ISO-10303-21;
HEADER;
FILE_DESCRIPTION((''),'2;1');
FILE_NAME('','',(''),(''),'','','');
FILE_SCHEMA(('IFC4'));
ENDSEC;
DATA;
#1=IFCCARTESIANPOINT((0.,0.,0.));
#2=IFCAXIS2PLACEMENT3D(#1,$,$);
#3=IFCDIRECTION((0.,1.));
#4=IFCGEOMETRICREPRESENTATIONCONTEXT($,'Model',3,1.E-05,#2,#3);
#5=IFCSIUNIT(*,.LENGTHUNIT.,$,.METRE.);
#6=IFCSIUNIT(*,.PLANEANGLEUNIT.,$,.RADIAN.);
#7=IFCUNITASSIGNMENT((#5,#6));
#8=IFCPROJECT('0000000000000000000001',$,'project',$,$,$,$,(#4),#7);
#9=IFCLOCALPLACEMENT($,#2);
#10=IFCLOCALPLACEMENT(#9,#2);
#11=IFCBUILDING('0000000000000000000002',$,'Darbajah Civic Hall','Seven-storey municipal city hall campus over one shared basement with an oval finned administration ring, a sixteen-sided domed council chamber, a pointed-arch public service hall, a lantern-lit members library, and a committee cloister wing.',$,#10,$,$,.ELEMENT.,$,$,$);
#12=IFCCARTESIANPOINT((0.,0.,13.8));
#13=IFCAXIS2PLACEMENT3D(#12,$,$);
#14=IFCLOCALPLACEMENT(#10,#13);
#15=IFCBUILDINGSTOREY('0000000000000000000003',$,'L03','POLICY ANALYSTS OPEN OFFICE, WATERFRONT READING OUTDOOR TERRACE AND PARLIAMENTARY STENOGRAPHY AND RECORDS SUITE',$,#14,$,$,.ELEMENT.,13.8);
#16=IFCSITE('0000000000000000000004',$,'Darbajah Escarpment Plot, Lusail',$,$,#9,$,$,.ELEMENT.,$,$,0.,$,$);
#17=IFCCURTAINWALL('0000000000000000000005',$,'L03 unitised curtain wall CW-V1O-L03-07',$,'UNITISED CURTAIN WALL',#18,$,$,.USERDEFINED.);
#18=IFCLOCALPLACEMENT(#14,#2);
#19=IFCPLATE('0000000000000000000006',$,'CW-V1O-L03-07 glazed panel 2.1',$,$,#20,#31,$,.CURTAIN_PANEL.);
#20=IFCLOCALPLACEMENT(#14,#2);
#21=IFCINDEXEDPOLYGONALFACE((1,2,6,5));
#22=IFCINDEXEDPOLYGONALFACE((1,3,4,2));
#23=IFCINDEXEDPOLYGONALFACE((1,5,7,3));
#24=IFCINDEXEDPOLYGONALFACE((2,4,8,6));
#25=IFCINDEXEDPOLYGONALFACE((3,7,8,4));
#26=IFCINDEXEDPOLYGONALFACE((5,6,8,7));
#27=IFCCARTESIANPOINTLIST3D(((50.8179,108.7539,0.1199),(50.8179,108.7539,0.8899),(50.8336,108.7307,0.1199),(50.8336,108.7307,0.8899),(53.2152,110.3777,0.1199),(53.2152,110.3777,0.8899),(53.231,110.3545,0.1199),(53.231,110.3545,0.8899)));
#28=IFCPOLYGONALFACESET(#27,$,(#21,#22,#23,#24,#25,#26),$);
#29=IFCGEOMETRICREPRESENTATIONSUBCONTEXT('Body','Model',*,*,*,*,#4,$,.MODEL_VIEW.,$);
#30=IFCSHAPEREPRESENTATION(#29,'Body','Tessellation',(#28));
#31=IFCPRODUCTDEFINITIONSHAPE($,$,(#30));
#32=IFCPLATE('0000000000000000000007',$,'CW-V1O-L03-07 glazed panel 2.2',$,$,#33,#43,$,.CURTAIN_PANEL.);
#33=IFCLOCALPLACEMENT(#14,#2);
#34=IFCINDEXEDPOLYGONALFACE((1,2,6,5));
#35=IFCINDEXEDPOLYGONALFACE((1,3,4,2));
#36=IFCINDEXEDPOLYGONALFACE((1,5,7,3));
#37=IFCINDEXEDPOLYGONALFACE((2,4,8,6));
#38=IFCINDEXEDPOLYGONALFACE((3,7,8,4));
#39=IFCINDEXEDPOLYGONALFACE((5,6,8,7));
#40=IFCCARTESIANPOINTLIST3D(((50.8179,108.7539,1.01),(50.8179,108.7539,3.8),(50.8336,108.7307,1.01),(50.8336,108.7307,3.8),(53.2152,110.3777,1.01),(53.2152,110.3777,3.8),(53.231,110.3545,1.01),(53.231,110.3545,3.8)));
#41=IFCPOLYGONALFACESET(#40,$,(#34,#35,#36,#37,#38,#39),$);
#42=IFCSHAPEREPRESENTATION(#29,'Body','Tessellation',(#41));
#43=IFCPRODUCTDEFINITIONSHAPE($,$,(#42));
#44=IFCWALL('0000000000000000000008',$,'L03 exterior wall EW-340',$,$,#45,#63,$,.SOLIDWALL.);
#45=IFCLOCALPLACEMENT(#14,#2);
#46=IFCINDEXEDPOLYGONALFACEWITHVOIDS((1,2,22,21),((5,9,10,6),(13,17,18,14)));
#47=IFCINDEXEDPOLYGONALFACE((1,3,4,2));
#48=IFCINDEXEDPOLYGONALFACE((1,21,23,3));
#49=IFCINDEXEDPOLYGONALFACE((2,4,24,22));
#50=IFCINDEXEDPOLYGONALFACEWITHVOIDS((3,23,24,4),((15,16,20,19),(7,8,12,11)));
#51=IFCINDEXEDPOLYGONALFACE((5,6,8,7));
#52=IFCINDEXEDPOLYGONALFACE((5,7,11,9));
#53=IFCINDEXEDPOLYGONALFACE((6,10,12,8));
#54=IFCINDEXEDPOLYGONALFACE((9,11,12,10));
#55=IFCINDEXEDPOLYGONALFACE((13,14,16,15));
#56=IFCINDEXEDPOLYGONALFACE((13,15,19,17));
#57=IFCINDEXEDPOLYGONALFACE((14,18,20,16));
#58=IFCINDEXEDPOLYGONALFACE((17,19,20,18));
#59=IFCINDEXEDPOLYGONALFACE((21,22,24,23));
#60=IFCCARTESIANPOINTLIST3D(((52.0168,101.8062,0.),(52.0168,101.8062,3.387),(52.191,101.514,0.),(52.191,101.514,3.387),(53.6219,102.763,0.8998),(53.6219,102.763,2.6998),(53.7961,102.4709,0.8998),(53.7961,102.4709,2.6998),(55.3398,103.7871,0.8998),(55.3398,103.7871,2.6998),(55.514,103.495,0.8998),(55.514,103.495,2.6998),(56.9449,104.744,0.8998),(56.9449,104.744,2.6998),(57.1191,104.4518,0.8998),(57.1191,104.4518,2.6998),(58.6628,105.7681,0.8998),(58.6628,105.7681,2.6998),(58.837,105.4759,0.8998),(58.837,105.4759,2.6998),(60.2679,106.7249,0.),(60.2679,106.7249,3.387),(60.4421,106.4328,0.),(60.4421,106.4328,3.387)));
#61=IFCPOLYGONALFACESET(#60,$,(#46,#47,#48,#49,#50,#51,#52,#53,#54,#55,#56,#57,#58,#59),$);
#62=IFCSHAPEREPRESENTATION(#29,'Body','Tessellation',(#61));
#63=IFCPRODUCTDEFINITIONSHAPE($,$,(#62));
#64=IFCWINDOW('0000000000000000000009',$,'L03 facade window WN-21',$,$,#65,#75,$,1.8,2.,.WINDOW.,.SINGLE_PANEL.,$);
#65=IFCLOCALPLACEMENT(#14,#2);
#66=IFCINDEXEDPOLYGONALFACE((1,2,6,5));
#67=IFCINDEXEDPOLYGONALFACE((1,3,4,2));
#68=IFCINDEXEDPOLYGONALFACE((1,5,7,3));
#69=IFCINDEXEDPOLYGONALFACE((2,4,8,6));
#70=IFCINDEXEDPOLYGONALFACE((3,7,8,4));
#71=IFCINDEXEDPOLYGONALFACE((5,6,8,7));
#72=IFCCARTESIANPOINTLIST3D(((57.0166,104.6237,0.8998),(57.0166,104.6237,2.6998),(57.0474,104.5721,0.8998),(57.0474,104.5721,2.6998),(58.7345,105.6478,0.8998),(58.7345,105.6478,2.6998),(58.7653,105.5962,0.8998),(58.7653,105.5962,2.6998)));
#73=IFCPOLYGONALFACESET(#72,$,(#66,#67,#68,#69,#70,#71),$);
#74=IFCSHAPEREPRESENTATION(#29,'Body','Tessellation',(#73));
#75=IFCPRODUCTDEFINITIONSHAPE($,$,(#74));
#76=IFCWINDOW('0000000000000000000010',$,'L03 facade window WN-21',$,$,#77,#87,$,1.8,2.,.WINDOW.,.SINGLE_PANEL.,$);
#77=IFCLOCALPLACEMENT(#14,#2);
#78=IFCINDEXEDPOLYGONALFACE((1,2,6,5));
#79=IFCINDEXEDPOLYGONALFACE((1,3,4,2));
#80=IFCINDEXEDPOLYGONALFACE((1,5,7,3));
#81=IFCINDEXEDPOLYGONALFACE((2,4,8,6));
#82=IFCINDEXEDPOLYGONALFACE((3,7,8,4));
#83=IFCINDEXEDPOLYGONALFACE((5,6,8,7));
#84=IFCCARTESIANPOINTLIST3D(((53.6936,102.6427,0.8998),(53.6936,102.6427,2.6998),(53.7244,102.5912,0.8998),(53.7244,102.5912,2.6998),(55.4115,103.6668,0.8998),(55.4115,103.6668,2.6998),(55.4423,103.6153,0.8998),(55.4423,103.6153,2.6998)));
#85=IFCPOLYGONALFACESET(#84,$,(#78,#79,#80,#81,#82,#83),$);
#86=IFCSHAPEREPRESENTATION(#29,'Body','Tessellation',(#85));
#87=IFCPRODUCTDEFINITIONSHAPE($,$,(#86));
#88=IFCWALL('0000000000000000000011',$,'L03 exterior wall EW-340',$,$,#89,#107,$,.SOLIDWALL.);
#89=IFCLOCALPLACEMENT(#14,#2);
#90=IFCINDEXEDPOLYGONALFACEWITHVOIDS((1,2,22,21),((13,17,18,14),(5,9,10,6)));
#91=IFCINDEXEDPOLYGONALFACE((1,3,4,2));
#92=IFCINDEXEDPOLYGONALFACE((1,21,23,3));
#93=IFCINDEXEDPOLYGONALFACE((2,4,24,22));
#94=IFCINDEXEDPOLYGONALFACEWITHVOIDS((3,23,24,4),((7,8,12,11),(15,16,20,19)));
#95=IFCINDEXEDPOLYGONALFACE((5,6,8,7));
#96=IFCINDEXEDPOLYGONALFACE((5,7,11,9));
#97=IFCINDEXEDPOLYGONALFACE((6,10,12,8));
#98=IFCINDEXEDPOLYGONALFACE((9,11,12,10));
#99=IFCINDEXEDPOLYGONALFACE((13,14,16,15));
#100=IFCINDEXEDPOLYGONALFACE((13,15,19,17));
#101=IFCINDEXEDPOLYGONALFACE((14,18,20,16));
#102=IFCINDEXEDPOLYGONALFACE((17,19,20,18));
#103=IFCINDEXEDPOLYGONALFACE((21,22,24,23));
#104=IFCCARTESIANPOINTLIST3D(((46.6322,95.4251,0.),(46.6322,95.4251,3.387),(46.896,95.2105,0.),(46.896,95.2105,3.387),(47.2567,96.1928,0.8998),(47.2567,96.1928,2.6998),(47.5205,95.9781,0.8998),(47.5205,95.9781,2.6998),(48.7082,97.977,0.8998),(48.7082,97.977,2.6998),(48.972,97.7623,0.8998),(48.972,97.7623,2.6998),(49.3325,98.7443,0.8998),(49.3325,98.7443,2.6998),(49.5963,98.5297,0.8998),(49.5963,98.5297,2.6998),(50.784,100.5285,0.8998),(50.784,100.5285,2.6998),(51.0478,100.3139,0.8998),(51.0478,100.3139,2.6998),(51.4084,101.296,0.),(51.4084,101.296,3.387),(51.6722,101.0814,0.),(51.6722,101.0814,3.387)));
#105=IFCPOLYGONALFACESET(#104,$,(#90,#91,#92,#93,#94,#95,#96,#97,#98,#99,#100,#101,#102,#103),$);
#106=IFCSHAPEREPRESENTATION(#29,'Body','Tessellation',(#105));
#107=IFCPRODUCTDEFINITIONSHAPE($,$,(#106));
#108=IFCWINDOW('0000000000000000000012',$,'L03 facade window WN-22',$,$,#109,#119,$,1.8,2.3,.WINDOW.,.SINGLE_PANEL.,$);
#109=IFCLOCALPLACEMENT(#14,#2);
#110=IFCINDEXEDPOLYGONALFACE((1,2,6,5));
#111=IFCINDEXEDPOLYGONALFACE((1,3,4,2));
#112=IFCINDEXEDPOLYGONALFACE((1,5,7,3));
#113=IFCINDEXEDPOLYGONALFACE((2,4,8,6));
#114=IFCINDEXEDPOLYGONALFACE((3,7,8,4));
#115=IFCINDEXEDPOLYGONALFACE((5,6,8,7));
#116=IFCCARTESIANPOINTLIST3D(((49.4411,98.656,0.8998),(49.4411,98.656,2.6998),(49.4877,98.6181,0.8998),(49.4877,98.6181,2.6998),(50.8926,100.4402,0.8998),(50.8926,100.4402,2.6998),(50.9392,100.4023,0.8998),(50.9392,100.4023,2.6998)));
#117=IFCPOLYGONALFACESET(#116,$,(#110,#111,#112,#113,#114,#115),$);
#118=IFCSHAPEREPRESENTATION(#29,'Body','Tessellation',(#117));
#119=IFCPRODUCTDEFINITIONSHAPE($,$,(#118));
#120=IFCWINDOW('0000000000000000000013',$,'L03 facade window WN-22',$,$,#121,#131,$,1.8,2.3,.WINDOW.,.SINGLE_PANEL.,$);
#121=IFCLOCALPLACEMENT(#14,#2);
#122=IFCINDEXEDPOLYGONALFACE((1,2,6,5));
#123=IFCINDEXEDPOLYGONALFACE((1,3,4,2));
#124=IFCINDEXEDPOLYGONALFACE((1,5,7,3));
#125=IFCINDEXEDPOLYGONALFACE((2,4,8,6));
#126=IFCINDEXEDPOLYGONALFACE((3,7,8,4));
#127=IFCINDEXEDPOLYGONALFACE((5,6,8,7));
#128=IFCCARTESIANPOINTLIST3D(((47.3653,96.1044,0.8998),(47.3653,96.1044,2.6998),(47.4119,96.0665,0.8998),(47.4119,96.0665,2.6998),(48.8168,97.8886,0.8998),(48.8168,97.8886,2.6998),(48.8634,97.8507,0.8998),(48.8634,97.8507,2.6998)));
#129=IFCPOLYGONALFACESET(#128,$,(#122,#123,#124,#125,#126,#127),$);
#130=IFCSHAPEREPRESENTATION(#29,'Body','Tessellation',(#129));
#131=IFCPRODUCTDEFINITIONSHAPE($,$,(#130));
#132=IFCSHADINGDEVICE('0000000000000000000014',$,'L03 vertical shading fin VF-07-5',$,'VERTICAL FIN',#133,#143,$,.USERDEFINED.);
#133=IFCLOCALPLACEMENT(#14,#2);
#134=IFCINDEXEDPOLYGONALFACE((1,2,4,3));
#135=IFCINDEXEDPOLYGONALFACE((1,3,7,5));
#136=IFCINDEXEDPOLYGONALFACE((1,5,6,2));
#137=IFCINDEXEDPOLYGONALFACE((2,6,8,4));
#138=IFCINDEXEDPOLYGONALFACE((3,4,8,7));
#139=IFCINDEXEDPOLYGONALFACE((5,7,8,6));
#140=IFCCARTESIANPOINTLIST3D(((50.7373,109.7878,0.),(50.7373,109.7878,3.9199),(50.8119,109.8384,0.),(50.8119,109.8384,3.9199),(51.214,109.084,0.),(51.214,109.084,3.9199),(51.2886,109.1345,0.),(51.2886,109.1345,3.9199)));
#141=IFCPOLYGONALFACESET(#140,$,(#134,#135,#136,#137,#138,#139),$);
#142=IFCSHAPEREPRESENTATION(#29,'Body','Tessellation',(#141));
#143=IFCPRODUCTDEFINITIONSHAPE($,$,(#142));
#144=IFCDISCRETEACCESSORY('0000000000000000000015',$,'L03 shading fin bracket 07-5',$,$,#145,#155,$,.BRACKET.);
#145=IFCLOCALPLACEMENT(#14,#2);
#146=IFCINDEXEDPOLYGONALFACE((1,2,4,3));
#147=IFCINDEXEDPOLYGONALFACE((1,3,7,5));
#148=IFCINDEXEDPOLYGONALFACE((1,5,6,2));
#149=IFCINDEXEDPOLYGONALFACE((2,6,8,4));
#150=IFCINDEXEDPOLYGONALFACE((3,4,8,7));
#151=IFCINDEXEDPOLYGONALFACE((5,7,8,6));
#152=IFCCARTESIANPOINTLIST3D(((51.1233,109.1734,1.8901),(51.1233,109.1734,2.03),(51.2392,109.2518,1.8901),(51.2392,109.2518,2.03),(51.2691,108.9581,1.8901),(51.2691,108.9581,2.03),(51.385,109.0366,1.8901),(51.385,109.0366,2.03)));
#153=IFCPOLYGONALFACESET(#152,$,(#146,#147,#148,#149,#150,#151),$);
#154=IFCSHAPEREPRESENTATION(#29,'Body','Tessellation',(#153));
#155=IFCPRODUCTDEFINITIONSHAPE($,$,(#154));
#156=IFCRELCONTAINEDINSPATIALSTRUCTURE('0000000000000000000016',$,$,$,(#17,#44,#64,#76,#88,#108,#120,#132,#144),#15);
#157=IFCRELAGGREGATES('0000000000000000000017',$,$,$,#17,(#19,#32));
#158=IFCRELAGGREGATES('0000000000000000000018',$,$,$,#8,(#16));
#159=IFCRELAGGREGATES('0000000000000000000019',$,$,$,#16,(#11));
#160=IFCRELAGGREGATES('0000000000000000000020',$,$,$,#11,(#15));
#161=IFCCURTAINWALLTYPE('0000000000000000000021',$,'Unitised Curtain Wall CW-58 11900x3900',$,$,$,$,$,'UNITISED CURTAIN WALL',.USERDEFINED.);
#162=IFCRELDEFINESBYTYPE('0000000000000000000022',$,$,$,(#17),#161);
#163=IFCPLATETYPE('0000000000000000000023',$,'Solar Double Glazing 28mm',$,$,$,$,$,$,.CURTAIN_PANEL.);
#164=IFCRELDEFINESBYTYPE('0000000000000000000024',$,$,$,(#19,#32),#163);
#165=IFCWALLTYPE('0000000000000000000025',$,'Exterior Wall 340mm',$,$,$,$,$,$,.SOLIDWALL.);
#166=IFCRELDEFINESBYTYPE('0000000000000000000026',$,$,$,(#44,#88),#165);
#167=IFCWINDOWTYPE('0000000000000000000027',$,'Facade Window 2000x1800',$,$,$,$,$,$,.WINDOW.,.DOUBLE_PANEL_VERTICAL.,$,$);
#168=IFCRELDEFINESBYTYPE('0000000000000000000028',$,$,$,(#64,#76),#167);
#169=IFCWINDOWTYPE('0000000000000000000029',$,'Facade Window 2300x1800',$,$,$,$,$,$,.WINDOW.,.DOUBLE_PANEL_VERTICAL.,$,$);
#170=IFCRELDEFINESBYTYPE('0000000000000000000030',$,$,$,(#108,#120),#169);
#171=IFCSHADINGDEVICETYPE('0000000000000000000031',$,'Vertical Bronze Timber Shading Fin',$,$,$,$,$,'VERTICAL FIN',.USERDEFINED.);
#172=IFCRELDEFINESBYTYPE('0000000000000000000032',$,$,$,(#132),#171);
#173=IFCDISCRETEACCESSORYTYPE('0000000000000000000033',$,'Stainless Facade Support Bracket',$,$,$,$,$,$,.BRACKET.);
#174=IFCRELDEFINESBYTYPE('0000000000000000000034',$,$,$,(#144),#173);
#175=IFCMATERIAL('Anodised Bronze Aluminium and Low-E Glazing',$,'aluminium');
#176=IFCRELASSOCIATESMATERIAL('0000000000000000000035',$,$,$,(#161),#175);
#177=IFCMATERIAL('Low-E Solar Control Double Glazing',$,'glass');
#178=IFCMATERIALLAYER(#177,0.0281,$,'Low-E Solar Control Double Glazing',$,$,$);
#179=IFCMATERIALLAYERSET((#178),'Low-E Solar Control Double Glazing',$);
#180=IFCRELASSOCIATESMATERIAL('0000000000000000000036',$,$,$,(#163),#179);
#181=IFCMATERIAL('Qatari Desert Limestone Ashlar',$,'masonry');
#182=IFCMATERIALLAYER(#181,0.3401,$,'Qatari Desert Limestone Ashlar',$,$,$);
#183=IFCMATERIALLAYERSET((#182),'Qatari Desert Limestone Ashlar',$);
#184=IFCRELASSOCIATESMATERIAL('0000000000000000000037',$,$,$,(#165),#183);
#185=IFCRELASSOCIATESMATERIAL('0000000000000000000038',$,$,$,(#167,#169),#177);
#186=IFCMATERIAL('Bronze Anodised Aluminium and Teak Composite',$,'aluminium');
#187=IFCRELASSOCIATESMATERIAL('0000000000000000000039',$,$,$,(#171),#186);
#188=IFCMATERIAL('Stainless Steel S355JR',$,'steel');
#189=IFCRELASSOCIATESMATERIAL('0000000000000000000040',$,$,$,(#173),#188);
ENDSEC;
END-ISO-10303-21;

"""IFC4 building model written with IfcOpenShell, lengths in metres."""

from ifc_helpers import new_model, si_unit, direction, frame, frame_2d, origin, origin_2d, place, context, subcontext, project, spatial, rectangle, extrude, material, layer, layer_set, type_object, element, fill, aggregate, save


model = new_model("IFC4")

# Units and contexts
model_context = context("Model", 3, precision=1e-05, world=origin(), true_north=direction((0.0, 1.0)))
body_context = subcontext(model_context, "Body", "Model", "MODEL_VIEW")
ifc_project = project(units=[si_unit("LENGTHUNIT", "METRE"), si_unit("PLANEANGLEUNIT", "RADIAN")], contexts=[model_context])

# Site, building, storey
site_placement = place(None, origin())
site = spatial("IfcSite", under=ifc_project, at=site_placement, Name="Darbajah Escarpment Plot, Lusail", CompositionType="ELEMENT", RefElevation=0.0)
building_placement = place(site_placement, origin())
building = spatial("IfcBuilding", under=site, at=building_placement, Name="Darbajah Civic Hall", Description="Seven-storey municipal city hall campus over one shared basement with an oval finned administration ring, a sixteen-sided domed council chamber, a pointed-arch public service hall, a lantern-lit members library, and a committee cloister wing.", CompositionType="ELEMENT")
storey_placement = place(building_placement, frame((0.0, 0.0, 13.8)))
storey = spatial("IfcBuildingStorey", under=building, at=storey_placement, Name="L03", Description="POLICY ANALYSTS OPEN OFFICE, WATERFRONT READING OUTDOOR TERRACE AND PARLIAMENTARY STENOGRAPHY AND RECORDS SUITE", CompositionType="ELEMENT", Elevation=13.8)

# Shared definitions
ifc_material_1 = material(Name="Anodised Bronze Aluminium and Low-E Glazing", Category="aluminium")

# Curtain wall
curtain_wall_type_1 = type_object("IfcCurtainWallType", Name="Unitised Curtain Wall CW-58 11900x3900", ElementType="UNITISED CURTAIN WALL", PredefinedType="USERDEFINED", material=ifc_material_1)
curtain_wall_1_placement = place(storey_placement, origin())
curtain_wall_1 = element("IfcCurtainWall", 1, at=curtain_wall_1_placement, inside=storey, type_object=curtain_wall_type_1, Name="L03 unitised curtain wall CW-V1O-L03-07", ObjectType="UNITISED CURTAIN WALL", PredefinedType="USERDEFINED")

# Plates
ifc_material_2 = material(Name="Low-E Solar Control Double Glazing", Category="glass")
ifc_layer_1 = layer(ifc_material_2, 0.0281, Name="Low-E Solar Control Double Glazing")
ifc_layer_set_1 = layer_set([ifc_layer_1], Name="Low-E Solar Control Double Glazing")
plate_type = type_object("IfcPlateType", Name="Solar Double Glazing 28mm", PredefinedType="CURTAIN_PANEL", material=ifc_layer_set_1)
plate_1_placement = place(storey_placement, frame((52.0244, 109.5542, 0.1199), z_axis=(0.0, 0.0, 1.0), x_axis=(-0.827962, -0.560784, 0.0)))
plate_1 = element("IfcPlate", 2, at=plate_1_placement, type_object=plate_type, Name="CW-V1O-L03-07 glazed panel 2.1", PredefinedType="CURTAIN_PANEL", context=body_context, shape_type="SweptSolid", body=[
    extrude(rectangle(XDim=2.8955, YDim=0.0281, at=origin_2d()), origin(), (0.0, 0.0, 1.0), 0.77),
])
plate_2_placement = place(storey_placement, frame((52.0244, 109.5542, 1.01), z_axis=(0.0, 0.0, 1.0), x_axis=(-0.827962, -0.560784, 0.0)))
plate_2 = element("IfcPlate", 3, at=plate_2_placement, type_object=plate_type, Name="CW-V1O-L03-07 glazed panel 2.2", PredefinedType="CURTAIN_PANEL", context=body_context, shape_type="SweptSolid", body=[
    extrude(rectangle(XDim=2.8955, YDim=0.0281, at=origin_2d()), origin(), (0.0, 0.0, 1.0), 2.79),
])
aggregate(curtain_wall_1, [plate_1, plate_2])

# Walls, openings, windows
ifc_material_3 = material(Name="Qatari Desert Limestone Ashlar", Category="masonry")
ifc_layer_2 = layer(ifc_material_3, 0.3401, Name="Qatari Desert Limestone Ashlar")
ifc_layer_set_2 = layer_set([ifc_layer_2], Name="Qatari Desert Limestone Ashlar")
wall_type_1 = type_object("IfcWallType", Name="Exterior Wall 340mm", PredefinedType="SOLIDWALL", material=ifc_layer_set_2)
wall_1_placement = place(storey_placement, frame((60.355, 106.5789, 0.0), z_axis=(0.0, 0.0, 1.0), x_axis=(-0.858954, -0.512053, 0.0)))
wall_1 = element("IfcWall", 4, at=wall_1_placement, inside=storey, type_object=wall_type_1, Name="L03 exterior wall EW-340", PredefinedType="SOLIDWALL", context=body_context, shape_type="SweptSolid", body=[
    extrude(rectangle(XDim=9.606, YDim=0.3401, at=frame_2d((4.803, 0.0))), origin(), (0.0, 0.0, 1.0), 3.387),
])
opening_1_placement = place(wall_1_placement, frame((1.8687, 0.0, 0.8999)))
opening_1 = element("IfcOpeningElement", 5, at=opening_1_placement, cuts=wall_1, PredefinedType="OPENING", context=body_context, shape_type="SweptSolid", body=[
    extrude(rectangle(XDim=2.0, YDim=1.8, at=frame_2d((1.0, 0.8999))), frame((0.0, 0.1799, 0.0), z_axis=(0.0, -1.0, 0.0), x_axis=(1.0, 0.0, 0.0)), (0.0, 0.0, 1.0), 0.3601),
])
opening_2_placement = place(wall_1_placement, frame((5.7373, 0.0, 0.8999)))
opening_2 = element("IfcOpeningElement", 6, at=opening_2_placement, cuts=wall_1, PredefinedType="OPENING", context=body_context, shape_type="SweptSolid", body=[
    extrude(rectangle(XDim=2.0, YDim=1.8, at=frame_2d((1.0, 0.8999))), frame((0.0, 0.1799, 0.0), z_axis=(0.0, -1.0, 0.0), x_axis=(1.0, 0.0, 0.0)), (0.0, 0.0, 1.0), 0.3601),
])
window_type_1 = type_object("IfcWindowType", Name="Facade Window 2000x1800", PartitioningType="DOUBLE_PANEL_VERTICAL", PredefinedType="WINDOW", material=ifc_material_2)
window_1_placement = place(opening_1_placement, origin())
window_1 = element("IfcWindow", 7, at=window_1_placement, inside=storey, type_object=window_type_1, Name="L03 facade window WN-21", OverallHeight=1.8, OverallWidth=2.0, PartitioningType="SINGLE_PANEL", PredefinedType="WINDOW", context=body_context, shape_type="SweptSolid", body=[
    extrude(rectangle(XDim=2.0, YDim=1.8, at=frame_2d((1.0, 0.8999))), frame((0.0, 0.03, 0.0), z_axis=(0.0, -1.0, 0.0), x_axis=(1.0, 0.0, 0.0)), (0.0, 0.0, 1.0), 0.0601),
])
fill(opening_1, window_1)
window_2_placement = place(opening_2_placement, origin())
window_2 = element("IfcWindow", 8, at=window_2_placement, inside=storey, type_object=window_type_1, Name="L03 facade window WN-21", OverallHeight=1.8, OverallWidth=2.0, PartitioningType="SINGLE_PANEL", PredefinedType="WINDOW", context=body_context, shape_type="SweptSolid", body=[
    extrude(rectangle(XDim=2.0, YDim=1.8, at=frame_2d((1.0, 0.8999))), frame((0.0, 0.03, 0.0), z_axis=(0.0, -1.0, 0.0), x_axis=(1.0, 0.0, 0.0)), (0.0, 0.0, 1.0), 0.0601),
])
fill(opening_2, window_2)
wall_2_placement = place(storey_placement, frame((51.5403, 101.1887, 0.0), z_axis=(0.0, 0.0, 1.0), x_axis=(-0.631075, -0.775722, 0.0)))
wall_2 = element("IfcWall", 9, at=wall_2_placement, inside=storey, type_object=wall_type_1, Name="L03 exterior wall EW-340", PredefinedType="SOLIDWALL", context=body_context, shape_type="SweptSolid", body=[
    extrude(rectangle(XDim=7.5684, YDim=0.3401, at=frame_2d((3.7842, 0.0))), origin(), (0.0, 0.0, 1.0), 3.387),
])
opening_3_placement = place(wall_2_placement, frame((0.9895, 0.0, 0.8999)))
opening_3 = element("IfcOpeningElement", 10, at=opening_3_placement, cuts=wall_2, PredefinedType="OPENING", context=body_context, shape_type="SweptSolid", body=[
    extrude(rectangle(XDim=2.3, YDim=1.8, at=frame_2d((1.1499, 0.8999))), frame((0.0, 0.1799, 0.0), z_axis=(0.0, -1.0, 0.0), x_axis=(1.0, 0.0, 0.0)), (0.0, 0.0, 1.0), 0.3601),
])
opening_4_placement = place(wall_2_placement, frame((4.2788, 0.0, 0.8999)))
opening_4 = element("IfcOpeningElement", 11, at=opening_4_placement, cuts=wall_2, PredefinedType="OPENING", context=body_context, shape_type="SweptSolid", body=[
    extrude(rectangle(XDim=2.3, YDim=1.8, at=frame_2d((1.1499, 0.8999))), frame((0.0, 0.1799, 0.0), z_axis=(0.0, -1.0, 0.0), x_axis=(1.0, 0.0, 0.0)), (0.0, 0.0, 1.0), 0.3601),
])
window_type_2 = type_object("IfcWindowType", Name="Facade Window 2300x1800", PartitioningType="DOUBLE_PANEL_VERTICAL", PredefinedType="WINDOW", material=ifc_material_2)
window_3_placement = place(opening_3_placement, origin())
window_3 = element("IfcWindow", 12, at=window_3_placement, inside=storey, type_object=window_type_2, Name="L03 facade window WN-22", OverallHeight=1.8, OverallWidth=2.3, PartitioningType="SINGLE_PANEL", PredefinedType="WINDOW", context=body_context, shape_type="SweptSolid", body=[
    extrude(rectangle(XDim=2.3, YDim=1.8, at=frame_2d((1.1499, 0.8999))), frame((0.0, 0.03, 0.0), z_axis=(0.0, -1.0, 0.0), x_axis=(1.0, 0.0, 0.0)), (0.0, 0.0, 1.0), 0.0601),
])
fill(opening_3, window_3)
window_4_placement = place(opening_4_placement, origin())
window_4 = element("IfcWindow", 13, at=window_4_placement, inside=storey, type_object=window_type_2, Name="L03 facade window WN-22", OverallHeight=1.8, OverallWidth=2.3, PartitioningType="SINGLE_PANEL", PredefinedType="WINDOW", context=body_context, shape_type="SweptSolid", body=[
    extrude(rectangle(XDim=2.3, YDim=1.8, at=frame_2d((1.1499, 0.8999))), frame((0.0, 0.03, 0.0), z_axis=(0.0, -1.0, 0.0), x_axis=(1.0, 0.0, 0.0)), (0.0, 0.0, 1.0), 0.0601),
])
fill(opening_4, window_4)

# Shading device
ifc_material_4 = material(Name="Bronze Anodised Aluminium and Teak Composite", Category="aluminium")
shading_device_type = type_object("IfcShadingDeviceType", Name="Vertical Bronze Timber Shading Fin", ElementType="VERTICAL FIN", PredefinedType="USERDEFINED", material=ifc_material_4)
shading_device_placement = place(storey_placement, frame((51.0129, 109.4612, 0.0), z_axis=(0.0, 0.0, 1.0), x_axis=(-0.560784, 0.827962, 0.0)))
element("IfcShadingDevice", 14, at=shading_device_placement, inside=storey, type_object=shading_device_type, Name="L03 vertical shading fin VF-07-5", ObjectType="VERTICAL FIN", PredefinedType="USERDEFINED", context=body_context, shape_type="SweptSolid", body=[
    extrude(rectangle(XDim=0.8501, YDim=0.0901, at=origin_2d()), origin(), (0.0, 0.0, 1.0), 3.9199),
])

# Discrete accessory
ifc_material_5 = material(Name="Stainless Steel S355JR", Category="steel")
discrete_accessory_type = type_object("IfcDiscreteAccessoryType", Name="Stainless Facade Support Bracket", PredefinedType="BRACKET", material=ifc_material_5)
discrete_accessory_placement = place(storey_placement, frame((51.2542, 109.105, 1.8901), z_axis=(0.0, 0.0, 1.0), x_axis=(-0.560784, 0.827962, 0.0)))
element("IfcDiscreteAccessory", 15, at=discrete_accessory_placement, inside=storey, type_object=discrete_accessory_type, Name="L03 shading fin bracket 07-5", PredefinedType="BRACKET", context=body_context, shape_type="SweptSolid", body=[
    extrude(rectangle(XDim=0.26, YDim=0.1399, at=origin_2d()), origin(), (0.0, 0.0, 1.0), 0.1399),
])

save(model, "model.ifc")
